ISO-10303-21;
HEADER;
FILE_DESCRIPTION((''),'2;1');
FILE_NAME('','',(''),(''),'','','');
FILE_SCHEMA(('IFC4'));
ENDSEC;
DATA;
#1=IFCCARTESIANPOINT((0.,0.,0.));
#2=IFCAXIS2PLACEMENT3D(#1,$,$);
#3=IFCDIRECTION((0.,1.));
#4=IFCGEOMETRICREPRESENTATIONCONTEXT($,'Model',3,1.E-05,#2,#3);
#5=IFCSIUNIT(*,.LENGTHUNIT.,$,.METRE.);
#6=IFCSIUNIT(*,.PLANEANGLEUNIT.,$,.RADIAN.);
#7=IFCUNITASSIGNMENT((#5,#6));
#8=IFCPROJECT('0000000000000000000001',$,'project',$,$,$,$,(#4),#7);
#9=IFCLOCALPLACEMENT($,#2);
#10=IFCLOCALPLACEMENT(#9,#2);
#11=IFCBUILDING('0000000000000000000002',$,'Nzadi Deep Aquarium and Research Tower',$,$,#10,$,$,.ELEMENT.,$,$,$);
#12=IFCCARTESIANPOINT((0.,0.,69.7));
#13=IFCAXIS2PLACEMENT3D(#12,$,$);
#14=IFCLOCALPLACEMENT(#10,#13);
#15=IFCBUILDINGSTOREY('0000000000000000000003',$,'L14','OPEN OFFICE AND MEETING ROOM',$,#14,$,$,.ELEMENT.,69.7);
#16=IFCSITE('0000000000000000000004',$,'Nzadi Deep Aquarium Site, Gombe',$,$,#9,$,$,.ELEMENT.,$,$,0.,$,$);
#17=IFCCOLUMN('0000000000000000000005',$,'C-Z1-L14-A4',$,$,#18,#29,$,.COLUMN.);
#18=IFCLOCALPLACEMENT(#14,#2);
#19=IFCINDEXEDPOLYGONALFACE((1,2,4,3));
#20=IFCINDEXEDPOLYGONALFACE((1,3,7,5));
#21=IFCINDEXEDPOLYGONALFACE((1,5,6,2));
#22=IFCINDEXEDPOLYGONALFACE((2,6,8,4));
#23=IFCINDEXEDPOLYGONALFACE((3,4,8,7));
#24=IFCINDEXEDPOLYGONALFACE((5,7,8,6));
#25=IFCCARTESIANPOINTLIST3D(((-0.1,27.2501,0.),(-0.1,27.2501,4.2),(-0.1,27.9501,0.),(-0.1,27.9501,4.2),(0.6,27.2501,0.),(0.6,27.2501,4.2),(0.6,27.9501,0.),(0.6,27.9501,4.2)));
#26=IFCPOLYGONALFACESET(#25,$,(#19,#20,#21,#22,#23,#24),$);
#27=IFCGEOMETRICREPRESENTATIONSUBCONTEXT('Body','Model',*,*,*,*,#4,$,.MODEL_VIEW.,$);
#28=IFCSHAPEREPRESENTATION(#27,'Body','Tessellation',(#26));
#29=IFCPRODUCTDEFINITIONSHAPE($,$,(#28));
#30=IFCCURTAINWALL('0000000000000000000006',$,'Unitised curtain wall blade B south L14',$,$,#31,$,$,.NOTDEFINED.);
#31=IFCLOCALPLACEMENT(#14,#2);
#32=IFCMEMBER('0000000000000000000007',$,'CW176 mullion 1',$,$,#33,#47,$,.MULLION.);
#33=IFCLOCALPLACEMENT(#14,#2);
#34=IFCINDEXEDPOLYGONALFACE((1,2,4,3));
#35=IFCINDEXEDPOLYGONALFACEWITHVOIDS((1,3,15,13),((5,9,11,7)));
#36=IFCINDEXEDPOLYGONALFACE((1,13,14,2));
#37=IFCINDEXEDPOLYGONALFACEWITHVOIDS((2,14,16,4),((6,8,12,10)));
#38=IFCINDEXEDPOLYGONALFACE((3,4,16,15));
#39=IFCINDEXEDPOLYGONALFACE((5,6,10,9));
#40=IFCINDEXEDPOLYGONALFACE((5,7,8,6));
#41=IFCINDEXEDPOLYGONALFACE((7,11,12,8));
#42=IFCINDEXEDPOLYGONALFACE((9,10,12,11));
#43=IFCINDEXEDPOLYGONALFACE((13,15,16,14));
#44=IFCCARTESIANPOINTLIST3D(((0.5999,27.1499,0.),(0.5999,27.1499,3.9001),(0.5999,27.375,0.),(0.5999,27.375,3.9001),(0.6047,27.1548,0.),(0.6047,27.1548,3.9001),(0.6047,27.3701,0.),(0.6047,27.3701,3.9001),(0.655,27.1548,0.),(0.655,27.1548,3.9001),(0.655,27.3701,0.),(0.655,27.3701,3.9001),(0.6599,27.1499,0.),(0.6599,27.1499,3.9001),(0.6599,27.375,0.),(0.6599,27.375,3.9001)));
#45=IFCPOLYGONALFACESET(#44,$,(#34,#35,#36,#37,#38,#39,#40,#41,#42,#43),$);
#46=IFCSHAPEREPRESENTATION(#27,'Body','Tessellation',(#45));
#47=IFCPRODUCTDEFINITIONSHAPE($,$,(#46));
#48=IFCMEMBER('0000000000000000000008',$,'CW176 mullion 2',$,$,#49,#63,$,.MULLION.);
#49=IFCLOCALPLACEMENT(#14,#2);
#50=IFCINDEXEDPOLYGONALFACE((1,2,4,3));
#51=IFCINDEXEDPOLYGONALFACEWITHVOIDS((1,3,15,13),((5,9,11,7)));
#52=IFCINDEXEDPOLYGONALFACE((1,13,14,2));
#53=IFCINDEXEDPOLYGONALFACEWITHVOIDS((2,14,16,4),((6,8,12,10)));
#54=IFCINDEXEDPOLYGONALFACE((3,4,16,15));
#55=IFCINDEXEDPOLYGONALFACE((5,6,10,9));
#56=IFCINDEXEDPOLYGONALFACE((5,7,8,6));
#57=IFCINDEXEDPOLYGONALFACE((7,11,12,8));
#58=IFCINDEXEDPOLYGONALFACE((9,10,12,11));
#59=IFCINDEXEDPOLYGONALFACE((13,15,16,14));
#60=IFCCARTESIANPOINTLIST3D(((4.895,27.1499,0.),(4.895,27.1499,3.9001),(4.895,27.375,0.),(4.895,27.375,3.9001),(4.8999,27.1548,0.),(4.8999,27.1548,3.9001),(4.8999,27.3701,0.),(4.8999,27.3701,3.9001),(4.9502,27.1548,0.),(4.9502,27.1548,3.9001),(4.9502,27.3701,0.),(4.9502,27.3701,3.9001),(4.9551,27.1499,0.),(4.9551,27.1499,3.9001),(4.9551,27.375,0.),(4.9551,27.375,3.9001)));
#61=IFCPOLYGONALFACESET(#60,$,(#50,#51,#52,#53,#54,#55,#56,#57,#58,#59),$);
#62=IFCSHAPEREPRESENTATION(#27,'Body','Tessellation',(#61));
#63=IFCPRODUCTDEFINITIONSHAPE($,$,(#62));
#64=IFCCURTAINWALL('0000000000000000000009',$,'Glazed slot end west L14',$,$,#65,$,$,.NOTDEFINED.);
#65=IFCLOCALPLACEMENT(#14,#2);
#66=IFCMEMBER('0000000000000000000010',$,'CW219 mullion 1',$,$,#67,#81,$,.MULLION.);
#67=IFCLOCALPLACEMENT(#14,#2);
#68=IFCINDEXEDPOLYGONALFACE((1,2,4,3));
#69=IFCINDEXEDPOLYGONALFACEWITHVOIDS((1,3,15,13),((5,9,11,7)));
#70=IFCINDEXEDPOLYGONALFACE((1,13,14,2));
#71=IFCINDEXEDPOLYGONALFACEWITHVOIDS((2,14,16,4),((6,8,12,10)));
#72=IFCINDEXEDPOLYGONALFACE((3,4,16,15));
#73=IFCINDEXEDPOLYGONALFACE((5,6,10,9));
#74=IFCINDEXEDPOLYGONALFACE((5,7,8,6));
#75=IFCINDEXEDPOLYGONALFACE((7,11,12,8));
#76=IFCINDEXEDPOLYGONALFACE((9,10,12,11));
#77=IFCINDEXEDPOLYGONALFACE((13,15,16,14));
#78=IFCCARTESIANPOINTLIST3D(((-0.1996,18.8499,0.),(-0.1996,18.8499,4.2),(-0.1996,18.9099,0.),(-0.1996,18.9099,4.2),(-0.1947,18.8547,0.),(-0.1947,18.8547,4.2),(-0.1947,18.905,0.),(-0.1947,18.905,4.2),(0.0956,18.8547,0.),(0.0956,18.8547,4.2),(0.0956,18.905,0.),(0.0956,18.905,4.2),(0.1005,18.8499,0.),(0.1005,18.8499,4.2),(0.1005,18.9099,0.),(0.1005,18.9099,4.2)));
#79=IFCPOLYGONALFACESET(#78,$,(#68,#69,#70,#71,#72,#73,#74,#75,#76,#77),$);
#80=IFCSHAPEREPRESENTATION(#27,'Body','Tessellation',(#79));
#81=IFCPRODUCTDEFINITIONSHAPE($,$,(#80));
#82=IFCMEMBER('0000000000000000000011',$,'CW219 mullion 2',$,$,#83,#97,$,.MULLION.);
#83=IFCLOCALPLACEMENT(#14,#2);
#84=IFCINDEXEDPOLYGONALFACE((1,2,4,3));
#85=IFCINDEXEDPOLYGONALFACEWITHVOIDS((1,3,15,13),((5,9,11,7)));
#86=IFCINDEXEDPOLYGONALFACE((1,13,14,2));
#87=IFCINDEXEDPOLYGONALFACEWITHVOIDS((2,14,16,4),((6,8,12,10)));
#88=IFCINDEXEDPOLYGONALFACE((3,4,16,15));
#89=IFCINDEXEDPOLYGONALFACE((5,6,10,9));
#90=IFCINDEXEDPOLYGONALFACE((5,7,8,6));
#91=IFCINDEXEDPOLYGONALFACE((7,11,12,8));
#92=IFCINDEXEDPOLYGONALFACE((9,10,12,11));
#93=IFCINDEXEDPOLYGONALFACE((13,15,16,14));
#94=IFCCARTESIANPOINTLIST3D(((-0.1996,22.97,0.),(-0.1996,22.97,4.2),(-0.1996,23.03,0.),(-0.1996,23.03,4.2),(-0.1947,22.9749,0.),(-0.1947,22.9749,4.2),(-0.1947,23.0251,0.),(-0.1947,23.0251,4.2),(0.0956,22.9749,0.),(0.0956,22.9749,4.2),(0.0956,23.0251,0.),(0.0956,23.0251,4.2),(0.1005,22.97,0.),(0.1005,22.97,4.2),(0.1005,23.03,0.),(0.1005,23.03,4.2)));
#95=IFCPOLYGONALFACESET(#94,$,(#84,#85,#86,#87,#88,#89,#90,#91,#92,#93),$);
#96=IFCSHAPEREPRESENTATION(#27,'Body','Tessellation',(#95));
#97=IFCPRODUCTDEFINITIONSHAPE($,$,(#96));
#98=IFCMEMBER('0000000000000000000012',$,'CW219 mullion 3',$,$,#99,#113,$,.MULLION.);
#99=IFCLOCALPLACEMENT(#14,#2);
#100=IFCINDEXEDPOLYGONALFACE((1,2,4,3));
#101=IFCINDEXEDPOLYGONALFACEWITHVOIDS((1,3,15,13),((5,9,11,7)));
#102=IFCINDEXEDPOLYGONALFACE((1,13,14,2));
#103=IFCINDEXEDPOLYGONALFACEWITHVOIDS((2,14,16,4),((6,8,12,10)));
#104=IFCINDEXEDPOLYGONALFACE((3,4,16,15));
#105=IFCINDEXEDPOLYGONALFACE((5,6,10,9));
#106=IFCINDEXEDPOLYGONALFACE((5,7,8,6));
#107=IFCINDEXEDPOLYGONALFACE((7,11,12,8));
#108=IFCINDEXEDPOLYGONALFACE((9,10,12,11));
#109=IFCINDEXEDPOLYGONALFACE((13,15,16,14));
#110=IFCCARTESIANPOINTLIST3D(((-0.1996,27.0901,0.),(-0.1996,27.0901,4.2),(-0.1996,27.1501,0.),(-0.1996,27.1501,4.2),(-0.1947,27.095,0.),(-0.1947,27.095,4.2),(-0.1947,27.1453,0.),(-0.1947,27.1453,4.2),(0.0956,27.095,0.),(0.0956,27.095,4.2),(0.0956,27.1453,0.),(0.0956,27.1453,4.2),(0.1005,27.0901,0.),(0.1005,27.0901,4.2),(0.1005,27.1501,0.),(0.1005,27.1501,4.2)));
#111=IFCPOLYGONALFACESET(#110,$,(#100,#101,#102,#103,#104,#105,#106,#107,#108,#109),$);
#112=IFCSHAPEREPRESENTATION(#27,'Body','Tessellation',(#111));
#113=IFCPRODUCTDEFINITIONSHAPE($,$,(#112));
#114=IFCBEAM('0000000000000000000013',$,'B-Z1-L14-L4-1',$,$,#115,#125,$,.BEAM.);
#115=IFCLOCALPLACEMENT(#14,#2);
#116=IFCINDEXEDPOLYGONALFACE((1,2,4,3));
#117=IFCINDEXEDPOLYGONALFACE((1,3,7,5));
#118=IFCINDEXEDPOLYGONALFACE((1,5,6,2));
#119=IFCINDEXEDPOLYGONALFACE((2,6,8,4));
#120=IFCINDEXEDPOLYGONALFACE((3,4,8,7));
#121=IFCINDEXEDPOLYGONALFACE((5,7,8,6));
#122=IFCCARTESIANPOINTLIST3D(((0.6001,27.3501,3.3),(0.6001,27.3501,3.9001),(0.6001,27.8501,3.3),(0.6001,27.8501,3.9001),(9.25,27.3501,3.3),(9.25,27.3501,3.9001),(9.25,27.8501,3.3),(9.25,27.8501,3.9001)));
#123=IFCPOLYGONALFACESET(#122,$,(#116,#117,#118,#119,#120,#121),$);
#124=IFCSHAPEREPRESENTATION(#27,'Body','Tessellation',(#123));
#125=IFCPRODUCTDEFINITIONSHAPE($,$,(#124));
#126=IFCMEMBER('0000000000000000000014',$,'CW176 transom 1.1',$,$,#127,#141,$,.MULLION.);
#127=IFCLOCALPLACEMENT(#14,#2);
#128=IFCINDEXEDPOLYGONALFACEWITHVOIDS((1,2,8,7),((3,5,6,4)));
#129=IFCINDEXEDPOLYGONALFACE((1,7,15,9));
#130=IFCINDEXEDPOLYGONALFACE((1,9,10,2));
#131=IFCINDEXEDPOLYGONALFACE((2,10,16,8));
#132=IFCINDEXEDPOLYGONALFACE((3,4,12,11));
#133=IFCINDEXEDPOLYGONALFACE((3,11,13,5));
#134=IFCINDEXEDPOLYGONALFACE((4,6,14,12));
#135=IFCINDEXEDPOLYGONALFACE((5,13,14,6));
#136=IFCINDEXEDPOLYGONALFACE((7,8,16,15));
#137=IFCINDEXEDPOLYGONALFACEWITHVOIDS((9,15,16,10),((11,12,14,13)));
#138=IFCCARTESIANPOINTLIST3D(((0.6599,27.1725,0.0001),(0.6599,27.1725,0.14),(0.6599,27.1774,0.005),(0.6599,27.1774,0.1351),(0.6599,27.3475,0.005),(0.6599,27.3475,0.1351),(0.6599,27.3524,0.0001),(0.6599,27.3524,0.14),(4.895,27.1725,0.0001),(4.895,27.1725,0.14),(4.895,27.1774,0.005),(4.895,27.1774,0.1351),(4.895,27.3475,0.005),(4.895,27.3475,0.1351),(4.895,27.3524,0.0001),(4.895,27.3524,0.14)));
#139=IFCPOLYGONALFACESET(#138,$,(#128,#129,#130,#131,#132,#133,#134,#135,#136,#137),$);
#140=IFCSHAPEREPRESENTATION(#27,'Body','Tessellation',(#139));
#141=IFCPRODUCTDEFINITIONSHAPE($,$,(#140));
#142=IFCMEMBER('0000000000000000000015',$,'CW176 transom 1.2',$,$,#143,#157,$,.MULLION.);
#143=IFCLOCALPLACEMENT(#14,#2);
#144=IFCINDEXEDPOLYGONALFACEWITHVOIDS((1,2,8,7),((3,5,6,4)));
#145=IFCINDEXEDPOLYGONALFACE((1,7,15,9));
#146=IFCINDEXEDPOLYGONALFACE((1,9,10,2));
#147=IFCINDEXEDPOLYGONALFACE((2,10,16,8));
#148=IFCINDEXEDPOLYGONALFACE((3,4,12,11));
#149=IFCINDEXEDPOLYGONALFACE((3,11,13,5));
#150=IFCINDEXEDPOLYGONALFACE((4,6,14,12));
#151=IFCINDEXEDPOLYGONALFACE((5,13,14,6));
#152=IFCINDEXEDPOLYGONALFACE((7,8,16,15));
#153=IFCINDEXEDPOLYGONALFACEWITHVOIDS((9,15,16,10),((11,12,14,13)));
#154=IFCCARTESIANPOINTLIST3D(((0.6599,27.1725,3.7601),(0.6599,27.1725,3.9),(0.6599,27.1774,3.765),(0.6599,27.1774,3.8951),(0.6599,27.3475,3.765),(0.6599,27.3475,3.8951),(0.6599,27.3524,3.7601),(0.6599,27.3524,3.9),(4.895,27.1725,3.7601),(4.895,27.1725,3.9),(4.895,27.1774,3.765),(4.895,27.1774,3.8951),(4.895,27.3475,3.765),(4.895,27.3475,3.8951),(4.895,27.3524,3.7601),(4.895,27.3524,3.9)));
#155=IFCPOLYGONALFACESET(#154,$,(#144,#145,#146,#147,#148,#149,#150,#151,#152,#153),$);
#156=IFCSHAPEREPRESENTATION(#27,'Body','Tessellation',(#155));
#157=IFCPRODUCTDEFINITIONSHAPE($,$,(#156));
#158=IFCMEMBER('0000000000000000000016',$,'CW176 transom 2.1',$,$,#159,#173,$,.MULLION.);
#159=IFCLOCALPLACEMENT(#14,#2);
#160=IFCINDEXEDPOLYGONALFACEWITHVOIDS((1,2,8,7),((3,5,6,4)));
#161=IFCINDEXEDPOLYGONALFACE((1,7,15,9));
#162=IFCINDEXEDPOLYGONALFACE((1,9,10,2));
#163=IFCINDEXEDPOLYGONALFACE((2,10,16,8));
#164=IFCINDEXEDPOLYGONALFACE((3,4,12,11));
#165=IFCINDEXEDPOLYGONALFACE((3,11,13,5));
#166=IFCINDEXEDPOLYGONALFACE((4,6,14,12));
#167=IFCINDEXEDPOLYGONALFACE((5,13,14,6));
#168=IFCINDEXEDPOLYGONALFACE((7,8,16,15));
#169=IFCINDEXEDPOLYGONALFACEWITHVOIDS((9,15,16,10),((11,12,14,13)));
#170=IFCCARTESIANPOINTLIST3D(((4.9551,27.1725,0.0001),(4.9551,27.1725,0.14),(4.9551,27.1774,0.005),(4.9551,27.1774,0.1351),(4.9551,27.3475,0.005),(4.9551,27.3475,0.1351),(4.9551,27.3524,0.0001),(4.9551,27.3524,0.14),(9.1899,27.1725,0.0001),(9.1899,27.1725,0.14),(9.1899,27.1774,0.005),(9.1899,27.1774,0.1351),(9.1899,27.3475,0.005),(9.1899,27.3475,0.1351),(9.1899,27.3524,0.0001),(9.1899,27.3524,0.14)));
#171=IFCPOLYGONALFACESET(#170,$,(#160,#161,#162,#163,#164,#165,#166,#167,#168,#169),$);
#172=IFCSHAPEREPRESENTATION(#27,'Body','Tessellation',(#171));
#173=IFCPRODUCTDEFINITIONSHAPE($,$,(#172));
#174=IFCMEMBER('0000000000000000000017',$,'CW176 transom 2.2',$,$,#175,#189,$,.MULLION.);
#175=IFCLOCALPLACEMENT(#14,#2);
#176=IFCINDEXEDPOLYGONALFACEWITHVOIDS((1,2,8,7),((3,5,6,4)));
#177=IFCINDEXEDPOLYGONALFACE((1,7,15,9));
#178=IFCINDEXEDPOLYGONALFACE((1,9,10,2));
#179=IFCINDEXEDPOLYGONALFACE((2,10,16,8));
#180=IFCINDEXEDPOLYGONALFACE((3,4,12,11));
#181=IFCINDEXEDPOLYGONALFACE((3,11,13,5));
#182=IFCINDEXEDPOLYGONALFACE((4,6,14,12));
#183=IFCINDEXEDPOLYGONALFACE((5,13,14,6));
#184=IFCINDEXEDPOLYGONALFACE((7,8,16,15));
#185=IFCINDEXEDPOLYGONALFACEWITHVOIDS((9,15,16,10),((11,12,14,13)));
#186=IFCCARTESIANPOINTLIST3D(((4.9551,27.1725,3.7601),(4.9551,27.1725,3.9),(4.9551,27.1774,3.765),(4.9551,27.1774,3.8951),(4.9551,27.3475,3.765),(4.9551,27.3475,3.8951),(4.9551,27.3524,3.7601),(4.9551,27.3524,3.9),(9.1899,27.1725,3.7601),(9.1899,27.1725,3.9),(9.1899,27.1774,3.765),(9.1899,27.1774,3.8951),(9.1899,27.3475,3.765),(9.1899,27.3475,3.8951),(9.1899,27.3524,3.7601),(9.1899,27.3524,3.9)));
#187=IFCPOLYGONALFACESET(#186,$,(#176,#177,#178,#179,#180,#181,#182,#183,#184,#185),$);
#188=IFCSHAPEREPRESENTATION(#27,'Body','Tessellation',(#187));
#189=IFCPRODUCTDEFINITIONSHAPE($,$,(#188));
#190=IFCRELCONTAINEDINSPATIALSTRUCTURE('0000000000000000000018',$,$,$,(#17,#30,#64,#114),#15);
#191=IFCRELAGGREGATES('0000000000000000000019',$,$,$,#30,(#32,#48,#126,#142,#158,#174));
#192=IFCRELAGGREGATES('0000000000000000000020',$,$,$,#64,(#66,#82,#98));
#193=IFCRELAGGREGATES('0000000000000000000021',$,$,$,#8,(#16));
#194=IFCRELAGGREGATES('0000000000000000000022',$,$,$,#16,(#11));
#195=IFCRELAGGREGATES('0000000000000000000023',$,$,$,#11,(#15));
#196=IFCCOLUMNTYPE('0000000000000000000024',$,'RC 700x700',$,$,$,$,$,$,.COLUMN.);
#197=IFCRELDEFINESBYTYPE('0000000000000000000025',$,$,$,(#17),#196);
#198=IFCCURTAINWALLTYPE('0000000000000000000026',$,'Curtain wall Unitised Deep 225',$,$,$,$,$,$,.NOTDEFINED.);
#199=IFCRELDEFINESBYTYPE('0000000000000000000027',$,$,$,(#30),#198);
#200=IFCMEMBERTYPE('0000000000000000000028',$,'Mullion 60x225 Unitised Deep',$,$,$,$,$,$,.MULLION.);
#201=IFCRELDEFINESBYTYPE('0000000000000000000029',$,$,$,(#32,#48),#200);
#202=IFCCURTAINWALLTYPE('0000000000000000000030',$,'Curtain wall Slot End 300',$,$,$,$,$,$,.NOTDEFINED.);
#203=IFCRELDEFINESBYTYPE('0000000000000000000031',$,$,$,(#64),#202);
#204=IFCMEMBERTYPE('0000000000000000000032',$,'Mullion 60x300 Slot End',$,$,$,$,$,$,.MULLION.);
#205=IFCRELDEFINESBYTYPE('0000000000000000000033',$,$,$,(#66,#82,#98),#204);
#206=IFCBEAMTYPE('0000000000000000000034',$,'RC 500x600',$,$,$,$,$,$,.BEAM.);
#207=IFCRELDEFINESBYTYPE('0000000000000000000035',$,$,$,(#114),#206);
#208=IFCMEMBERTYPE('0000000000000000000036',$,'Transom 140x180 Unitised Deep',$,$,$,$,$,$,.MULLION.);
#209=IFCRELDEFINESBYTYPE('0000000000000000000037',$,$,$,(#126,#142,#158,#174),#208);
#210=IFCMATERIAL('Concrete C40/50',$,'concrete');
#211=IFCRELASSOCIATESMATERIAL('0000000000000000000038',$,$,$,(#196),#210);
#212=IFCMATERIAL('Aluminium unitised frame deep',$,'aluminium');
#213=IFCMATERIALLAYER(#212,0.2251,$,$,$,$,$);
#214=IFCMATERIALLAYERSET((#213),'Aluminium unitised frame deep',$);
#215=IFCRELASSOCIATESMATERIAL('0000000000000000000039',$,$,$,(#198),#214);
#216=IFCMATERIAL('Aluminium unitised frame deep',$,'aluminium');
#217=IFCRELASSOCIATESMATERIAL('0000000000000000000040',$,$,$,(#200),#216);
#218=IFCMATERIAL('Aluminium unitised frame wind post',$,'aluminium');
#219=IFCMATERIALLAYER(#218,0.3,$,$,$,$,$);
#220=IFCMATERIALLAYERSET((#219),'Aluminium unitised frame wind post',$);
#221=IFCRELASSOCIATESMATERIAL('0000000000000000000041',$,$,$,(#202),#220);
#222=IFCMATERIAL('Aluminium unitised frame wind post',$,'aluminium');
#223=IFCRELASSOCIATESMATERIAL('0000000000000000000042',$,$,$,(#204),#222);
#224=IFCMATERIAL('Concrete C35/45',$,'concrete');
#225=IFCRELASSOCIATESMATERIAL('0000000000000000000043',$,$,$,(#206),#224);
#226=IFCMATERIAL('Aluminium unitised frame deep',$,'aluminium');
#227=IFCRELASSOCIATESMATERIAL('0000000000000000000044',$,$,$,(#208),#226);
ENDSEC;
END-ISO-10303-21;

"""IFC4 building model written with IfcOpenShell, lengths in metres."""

from ifc_helpers import new_model, si_unit, direction, frame, origin, origin_2d, place, context, subcontext, project, spatial, rectangle, hollow_rectangle, extrude, material, layer, layer_set, material_profile, profile_set, type_object, element, aggregate, save


model = new_model("IFC4")

# Units and contexts
model_context = context("Model", 3, precision=1e-05, world=origin(), true_north=direction((0.0, 1.0)))
body_context = subcontext(model_context, "Body", "Model", "MODEL_VIEW")
ifc_project = project(units=[si_unit("LENGTHUNIT", "METRE"), si_unit("PLANEANGLEUNIT", "RADIAN")], contexts=[model_context])

# Site, building, storey
site_placement = place(None, origin())
site = spatial("IfcSite", under=ifc_project, at=site_placement, Name="Nzadi Deep Aquarium Site, Gombe", CompositionType="ELEMENT", RefElevation=0.0)
building_placement = place(site_placement, origin())
building = spatial("IfcBuilding", under=site, at=building_placement, Name="Nzadi Deep Aquarium and Research Tower", CompositionType="ELEMENT")
storey_placement = place(building_placement, frame((0.0, 0.0, 69.7)))
storey = spatial("IfcBuildingStorey", under=building, at=storey_placement, Name="L14", Description="OPEN OFFICE AND MEETING ROOM", CompositionType="ELEMENT", Elevation=69.7)

# Column
ifc_material_1 = material(Name="Concrete C40/50", Category="concrete")
ifc_material_profile_1 = material_profile(ifc_material_1, rectangle(XDim=0.7, YDim=0.7, at=origin_2d()))
ifc_profile_set_1 = profile_set([ifc_material_profile_1], Name="Concrete C40/50")
column_type = type_object("IfcColumnType", Name="RC 700x700", PredefinedType="COLUMN", material=ifc_profile_set_1)
column_placement = place(storey_placement, frame((0.25, 27.6001, 0.0), z_axis=(0.0, 0.0, 1.0), x_axis=(1.0, 0.0, 0.0)))
element("IfcColumn", 1, at=column_placement, inside=storey, type_object=column_type, Name="C-Z1-L14-A4", PredefinedType="COLUMN", context=body_context, shape_type="SweptSolid", body=[
    extrude(rectangle(XDim=0.7, YDim=0.7, at=origin_2d()), origin(), (0.0, 0.0, 1.0), 4.2),
])

# Curtain walls, members
ifc_material_2 = material(Name="Aluminium unitised frame deep", Category="aluminium")
ifc_layer_1 = layer(ifc_material_2, 0.2251)
ifc_layer_set_1 = layer_set([ifc_layer_1], Name="Aluminium unitised frame deep")
curtain_wall_type_1 = type_object("IfcCurtainWallType", Name="Curtain wall Unitised Deep 225", PredefinedType="NOTDEFINED", material=ifc_layer_set_1)
curtain_wall_1_placement = place(storey_placement, origin())
curtain_wall_1 = element("IfcCurtainWall", 2, at=curtain_wall_1_placement, inside=storey, type_object=curtain_wall_type_1, Name="Unitised curtain wall blade B south L14", PredefinedType="NOTDEFINED")
ifc_material_3 = material(Name="Aluminium unitised frame deep", Category="aluminium")
ifc_material_profile_2 = material_profile(ifc_material_3, hollow_rectangle(XDim=0.2251, YDim=0.0601, WallThickness=0.0049, at=origin_2d()))
ifc_profile_set_2 = profile_set([ifc_material_profile_2], Name="Aluminium unitised frame deep")
member_type_1 = type_object("IfcMemberType", Name="Mullion 60x225 Unitised Deep", PredefinedType="MULLION", material=ifc_profile_set_2)
member_1_placement = place(storey_placement, frame((0.6299, 27.2625, 0.0), z_axis=(0.0, 0.0, 1.0), x_axis=(0.0, 1.0, 0.0)))
member_1 = element("IfcMember", 3, at=member_1_placement, type_object=member_type_1, Name="CW176 mullion 1", PredefinedType="MULLION", context=body_context, shape_type="SweptSolid", body=[
    extrude(hollow_rectangle(XDim=0.2251, YDim=0.0601, WallThickness=0.0049, at=origin_2d()), origin(), (0.0, 0.0, 1.0), 3.9001),
])
member_2_placement = place(storey_placement, frame((4.925, 27.2625, 0.0), z_axis=(0.0, 0.0, 1.0), x_axis=(0.0, 1.0, 0.0)))
member_2 = element("IfcMember", 4, at=member_2_placement, type_object=member_type_1, Name="CW176 mullion 2", PredefinedType="MULLION", context=body_context, shape_type="SweptSolid", body=[
    extrude(hollow_rectangle(XDim=0.2251, YDim=0.0601, WallThickness=0.0049, at=origin_2d()), origin(), (0.0, 0.0, 1.0), 3.9001),
])
ifc_material_4 = material(Name="Aluminium unitised frame wind post", Category="aluminium")
ifc_layer_2 = layer(ifc_material_4, 0.3)
ifc_layer_set_2 = layer_set([ifc_layer_2], Name="Aluminium unitised frame wind post")
curtain_wall_type_2 = type_object("IfcCurtainWallType", Name="Curtain wall Slot End 300", PredefinedType="NOTDEFINED", material=ifc_layer_set_2)
curtain_wall_2_placement = place(storey_placement, origin())
curtain_wall_2 = element("IfcCurtainWall", 5, at=curtain_wall_2_placement, inside=storey, type_object=curtain_wall_type_2, Name="Glazed slot end west L14", PredefinedType="NOTDEFINED")
ifc_material_5 = material(Name="Aluminium unitised frame wind post", Category="aluminium")
ifc_material_profile_3 = material_profile(ifc_material_5, hollow_rectangle(XDim=0.3, YDim=0.0601, WallThickness=0.0049, at=origin_2d()))
ifc_profile_set_3 = profile_set([ifc_material_profile_3], Name="Aluminium unitised frame wind post")
member_type_2 = type_object("IfcMemberType", Name="Mullion 60x300 Slot End", PredefinedType="MULLION", material=ifc_profile_set_3)
member_3_placement = place(storey_placement, frame((-0.0496, 18.8799, 0.0), z_axis=(0.0, 0.0, 1.0), x_axis=(-1.0, 0.0, 0.0)))
member_3 = element("IfcMember", 6, at=member_3_placement, type_object=member_type_2, Name="CW219 mullion 1", PredefinedType="MULLION", context=body_context, shape_type="SweptSolid", body=[
    extrude(hollow_rectangle(XDim=0.3, YDim=0.0601, WallThickness=0.0049, at=origin_2d()), origin(), (0.0, 0.0, 1.0), 4.2),
])
member_4_placement = place(storey_placement, frame((-0.0496, 23.0, 0.0), z_axis=(0.0, 0.0, 1.0), x_axis=(-1.0, 0.0, 0.0)))
member_4 = element("IfcMember", 7, at=member_4_placement, type_object=member_type_2, Name="CW219 mullion 2", PredefinedType="MULLION", context=body_context, shape_type="SweptSolid", body=[
    extrude(hollow_rectangle(XDim=0.3, YDim=0.0601, WallThickness=0.0049, at=origin_2d()), origin(), (0.0, 0.0, 1.0), 4.2),
])
member_5_placement = place(storey_placement, frame((-0.0496, 27.1201, 0.0), z_axis=(0.0, 0.0, 1.0), x_axis=(-1.0, 0.0, 0.0)))
member_5 = element("IfcMember", 8, at=member_5_placement, type_object=member_type_2, Name="CW219 mullion 3", PredefinedType="MULLION", context=body_context, shape_type="SweptSolid", body=[
    extrude(hollow_rectangle(XDim=0.3, YDim=0.0601, WallThickness=0.0049, at=origin_2d()), origin(), (0.0, 0.0, 1.0), 4.2),
])

# Beam
ifc_material_6 = material(Name="Concrete C35/45", Category="concrete")
ifc_material_profile_4 = material_profile(ifc_material_6, rectangle(XDim=0.5, YDim=0.6001, at=origin_2d()))
ifc_profile_set_4 = profile_set([ifc_material_profile_4], Name="Concrete C35/45")
beam_type = type_object("IfcBeamType", Name="RC 500x600", PredefinedType="BEAM", material=ifc_profile_set_4)
beam_placement = place(storey_placement, frame((0.6001, 27.6001, 3.6001), z_axis=(1.0, 0.0, 0.0), x_axis=(0.0, 1.0, 0.0)))
element("IfcBeam", 9, at=beam_placement, inside=storey, type_object=beam_type, Name="B-Z1-L14-L4-1", PredefinedType="BEAM", context=body_context, shape_type="SweptSolid", body=[
    extrude(rectangle(XDim=0.5, YDim=0.6001, at=origin_2d()), origin(), (0.0, 0.0, 1.0), 8.6499),
])

# Members
ifc_material_7 = material(Name="Aluminium unitised frame deep", Category="aluminium")
ifc_material_profile_5 = material_profile(ifc_material_7, hollow_rectangle(XDim=0.1799, YDim=0.1399, WallThickness=0.0049, at=origin_2d()))
ifc_profile_set_5 = profile_set([ifc_material_profile_5], Name="Aluminium unitised frame deep")
member_type_3 = type_object("IfcMemberType", Name="Transom 140x180 Unitised Deep", PredefinedType="MULLION", material=ifc_profile_set_5)
member_6_placement = place(storey_placement, frame((0.6599, 27.2625, 0.0701), z_axis=(1.0, 0.0, 0.0), x_axis=(0.0, 1.0, 0.0)))
member_6 = element("IfcMember", 10, at=member_6_placement, type_object=member_type_3, Name="CW176 transom 1.1", PredefinedType="MULLION", context=body_context, shape_type="SweptSolid", body=[
    extrude(hollow_rectangle(XDim=0.1799, YDim=0.1399, WallThickness=0.0049, at=origin_2d()), origin(), (0.0, 0.0, 1.0), 4.2351),
])
member_7_placement = place(storey_placement, frame((0.6599, 27.2625, 3.8301), z_axis=(1.0, 0.0, 0.0), x_axis=(0.0, 1.0, 0.0)))
member_7 = element("IfcMember", 11, at=member_7_placement, type_object=member_type_3, Name="CW176 transom 1.2", PredefinedType="MULLION", context=body_context, shape_type="SweptSolid", body=[
    extrude(hollow_rectangle(XDim=0.1799, YDim=0.1399, WallThickness=0.0049, at=origin_2d()), origin(), (0.0, 0.0, 1.0), 4.2351),
])
member_8_placement = place(storey_placement, frame((4.9551, 27.2625, 0.0701), z_axis=(1.0, 0.0, 0.0), x_axis=(0.0, 1.0, 0.0)))
member_8 = element("IfcMember", 12, at=member_8_placement, type_object=member_type_3, Name="CW176 transom 2.1", PredefinedType="MULLION", context=body_context, shape_type="SweptSolid", body=[
    extrude(hollow_rectangle(XDim=0.1799, YDim=0.1399, WallThickness=0.0049, at=origin_2d()), origin(), (0.0, 0.0, 1.0), 4.2349),
])
member_9_placement = place(storey_placement, frame((4.9551, 27.2625, 3.8301), z_axis=(1.0, 0.0, 0.0), x_axis=(0.0, 1.0, 0.0)))
member_9 = element("IfcMember", 13, at=member_9_placement, type_object=member_type_3, Name="CW176 transom 2.2", PredefinedType="MULLION", context=body_context, shape_type="SweptSolid", body=[
    extrude(hollow_rectangle(XDim=0.1799, YDim=0.1399, WallThickness=0.0049, at=origin_2d()), origin(), (0.0, 0.0, 1.0), 4.2349),
])

aggregate(curtain_wall_1, [member_1, member_2, member_6, member_7, member_8, member_9])
aggregate(curtain_wall_2, [member_3, member_4, member_5])

save(model, "model.ifc")
